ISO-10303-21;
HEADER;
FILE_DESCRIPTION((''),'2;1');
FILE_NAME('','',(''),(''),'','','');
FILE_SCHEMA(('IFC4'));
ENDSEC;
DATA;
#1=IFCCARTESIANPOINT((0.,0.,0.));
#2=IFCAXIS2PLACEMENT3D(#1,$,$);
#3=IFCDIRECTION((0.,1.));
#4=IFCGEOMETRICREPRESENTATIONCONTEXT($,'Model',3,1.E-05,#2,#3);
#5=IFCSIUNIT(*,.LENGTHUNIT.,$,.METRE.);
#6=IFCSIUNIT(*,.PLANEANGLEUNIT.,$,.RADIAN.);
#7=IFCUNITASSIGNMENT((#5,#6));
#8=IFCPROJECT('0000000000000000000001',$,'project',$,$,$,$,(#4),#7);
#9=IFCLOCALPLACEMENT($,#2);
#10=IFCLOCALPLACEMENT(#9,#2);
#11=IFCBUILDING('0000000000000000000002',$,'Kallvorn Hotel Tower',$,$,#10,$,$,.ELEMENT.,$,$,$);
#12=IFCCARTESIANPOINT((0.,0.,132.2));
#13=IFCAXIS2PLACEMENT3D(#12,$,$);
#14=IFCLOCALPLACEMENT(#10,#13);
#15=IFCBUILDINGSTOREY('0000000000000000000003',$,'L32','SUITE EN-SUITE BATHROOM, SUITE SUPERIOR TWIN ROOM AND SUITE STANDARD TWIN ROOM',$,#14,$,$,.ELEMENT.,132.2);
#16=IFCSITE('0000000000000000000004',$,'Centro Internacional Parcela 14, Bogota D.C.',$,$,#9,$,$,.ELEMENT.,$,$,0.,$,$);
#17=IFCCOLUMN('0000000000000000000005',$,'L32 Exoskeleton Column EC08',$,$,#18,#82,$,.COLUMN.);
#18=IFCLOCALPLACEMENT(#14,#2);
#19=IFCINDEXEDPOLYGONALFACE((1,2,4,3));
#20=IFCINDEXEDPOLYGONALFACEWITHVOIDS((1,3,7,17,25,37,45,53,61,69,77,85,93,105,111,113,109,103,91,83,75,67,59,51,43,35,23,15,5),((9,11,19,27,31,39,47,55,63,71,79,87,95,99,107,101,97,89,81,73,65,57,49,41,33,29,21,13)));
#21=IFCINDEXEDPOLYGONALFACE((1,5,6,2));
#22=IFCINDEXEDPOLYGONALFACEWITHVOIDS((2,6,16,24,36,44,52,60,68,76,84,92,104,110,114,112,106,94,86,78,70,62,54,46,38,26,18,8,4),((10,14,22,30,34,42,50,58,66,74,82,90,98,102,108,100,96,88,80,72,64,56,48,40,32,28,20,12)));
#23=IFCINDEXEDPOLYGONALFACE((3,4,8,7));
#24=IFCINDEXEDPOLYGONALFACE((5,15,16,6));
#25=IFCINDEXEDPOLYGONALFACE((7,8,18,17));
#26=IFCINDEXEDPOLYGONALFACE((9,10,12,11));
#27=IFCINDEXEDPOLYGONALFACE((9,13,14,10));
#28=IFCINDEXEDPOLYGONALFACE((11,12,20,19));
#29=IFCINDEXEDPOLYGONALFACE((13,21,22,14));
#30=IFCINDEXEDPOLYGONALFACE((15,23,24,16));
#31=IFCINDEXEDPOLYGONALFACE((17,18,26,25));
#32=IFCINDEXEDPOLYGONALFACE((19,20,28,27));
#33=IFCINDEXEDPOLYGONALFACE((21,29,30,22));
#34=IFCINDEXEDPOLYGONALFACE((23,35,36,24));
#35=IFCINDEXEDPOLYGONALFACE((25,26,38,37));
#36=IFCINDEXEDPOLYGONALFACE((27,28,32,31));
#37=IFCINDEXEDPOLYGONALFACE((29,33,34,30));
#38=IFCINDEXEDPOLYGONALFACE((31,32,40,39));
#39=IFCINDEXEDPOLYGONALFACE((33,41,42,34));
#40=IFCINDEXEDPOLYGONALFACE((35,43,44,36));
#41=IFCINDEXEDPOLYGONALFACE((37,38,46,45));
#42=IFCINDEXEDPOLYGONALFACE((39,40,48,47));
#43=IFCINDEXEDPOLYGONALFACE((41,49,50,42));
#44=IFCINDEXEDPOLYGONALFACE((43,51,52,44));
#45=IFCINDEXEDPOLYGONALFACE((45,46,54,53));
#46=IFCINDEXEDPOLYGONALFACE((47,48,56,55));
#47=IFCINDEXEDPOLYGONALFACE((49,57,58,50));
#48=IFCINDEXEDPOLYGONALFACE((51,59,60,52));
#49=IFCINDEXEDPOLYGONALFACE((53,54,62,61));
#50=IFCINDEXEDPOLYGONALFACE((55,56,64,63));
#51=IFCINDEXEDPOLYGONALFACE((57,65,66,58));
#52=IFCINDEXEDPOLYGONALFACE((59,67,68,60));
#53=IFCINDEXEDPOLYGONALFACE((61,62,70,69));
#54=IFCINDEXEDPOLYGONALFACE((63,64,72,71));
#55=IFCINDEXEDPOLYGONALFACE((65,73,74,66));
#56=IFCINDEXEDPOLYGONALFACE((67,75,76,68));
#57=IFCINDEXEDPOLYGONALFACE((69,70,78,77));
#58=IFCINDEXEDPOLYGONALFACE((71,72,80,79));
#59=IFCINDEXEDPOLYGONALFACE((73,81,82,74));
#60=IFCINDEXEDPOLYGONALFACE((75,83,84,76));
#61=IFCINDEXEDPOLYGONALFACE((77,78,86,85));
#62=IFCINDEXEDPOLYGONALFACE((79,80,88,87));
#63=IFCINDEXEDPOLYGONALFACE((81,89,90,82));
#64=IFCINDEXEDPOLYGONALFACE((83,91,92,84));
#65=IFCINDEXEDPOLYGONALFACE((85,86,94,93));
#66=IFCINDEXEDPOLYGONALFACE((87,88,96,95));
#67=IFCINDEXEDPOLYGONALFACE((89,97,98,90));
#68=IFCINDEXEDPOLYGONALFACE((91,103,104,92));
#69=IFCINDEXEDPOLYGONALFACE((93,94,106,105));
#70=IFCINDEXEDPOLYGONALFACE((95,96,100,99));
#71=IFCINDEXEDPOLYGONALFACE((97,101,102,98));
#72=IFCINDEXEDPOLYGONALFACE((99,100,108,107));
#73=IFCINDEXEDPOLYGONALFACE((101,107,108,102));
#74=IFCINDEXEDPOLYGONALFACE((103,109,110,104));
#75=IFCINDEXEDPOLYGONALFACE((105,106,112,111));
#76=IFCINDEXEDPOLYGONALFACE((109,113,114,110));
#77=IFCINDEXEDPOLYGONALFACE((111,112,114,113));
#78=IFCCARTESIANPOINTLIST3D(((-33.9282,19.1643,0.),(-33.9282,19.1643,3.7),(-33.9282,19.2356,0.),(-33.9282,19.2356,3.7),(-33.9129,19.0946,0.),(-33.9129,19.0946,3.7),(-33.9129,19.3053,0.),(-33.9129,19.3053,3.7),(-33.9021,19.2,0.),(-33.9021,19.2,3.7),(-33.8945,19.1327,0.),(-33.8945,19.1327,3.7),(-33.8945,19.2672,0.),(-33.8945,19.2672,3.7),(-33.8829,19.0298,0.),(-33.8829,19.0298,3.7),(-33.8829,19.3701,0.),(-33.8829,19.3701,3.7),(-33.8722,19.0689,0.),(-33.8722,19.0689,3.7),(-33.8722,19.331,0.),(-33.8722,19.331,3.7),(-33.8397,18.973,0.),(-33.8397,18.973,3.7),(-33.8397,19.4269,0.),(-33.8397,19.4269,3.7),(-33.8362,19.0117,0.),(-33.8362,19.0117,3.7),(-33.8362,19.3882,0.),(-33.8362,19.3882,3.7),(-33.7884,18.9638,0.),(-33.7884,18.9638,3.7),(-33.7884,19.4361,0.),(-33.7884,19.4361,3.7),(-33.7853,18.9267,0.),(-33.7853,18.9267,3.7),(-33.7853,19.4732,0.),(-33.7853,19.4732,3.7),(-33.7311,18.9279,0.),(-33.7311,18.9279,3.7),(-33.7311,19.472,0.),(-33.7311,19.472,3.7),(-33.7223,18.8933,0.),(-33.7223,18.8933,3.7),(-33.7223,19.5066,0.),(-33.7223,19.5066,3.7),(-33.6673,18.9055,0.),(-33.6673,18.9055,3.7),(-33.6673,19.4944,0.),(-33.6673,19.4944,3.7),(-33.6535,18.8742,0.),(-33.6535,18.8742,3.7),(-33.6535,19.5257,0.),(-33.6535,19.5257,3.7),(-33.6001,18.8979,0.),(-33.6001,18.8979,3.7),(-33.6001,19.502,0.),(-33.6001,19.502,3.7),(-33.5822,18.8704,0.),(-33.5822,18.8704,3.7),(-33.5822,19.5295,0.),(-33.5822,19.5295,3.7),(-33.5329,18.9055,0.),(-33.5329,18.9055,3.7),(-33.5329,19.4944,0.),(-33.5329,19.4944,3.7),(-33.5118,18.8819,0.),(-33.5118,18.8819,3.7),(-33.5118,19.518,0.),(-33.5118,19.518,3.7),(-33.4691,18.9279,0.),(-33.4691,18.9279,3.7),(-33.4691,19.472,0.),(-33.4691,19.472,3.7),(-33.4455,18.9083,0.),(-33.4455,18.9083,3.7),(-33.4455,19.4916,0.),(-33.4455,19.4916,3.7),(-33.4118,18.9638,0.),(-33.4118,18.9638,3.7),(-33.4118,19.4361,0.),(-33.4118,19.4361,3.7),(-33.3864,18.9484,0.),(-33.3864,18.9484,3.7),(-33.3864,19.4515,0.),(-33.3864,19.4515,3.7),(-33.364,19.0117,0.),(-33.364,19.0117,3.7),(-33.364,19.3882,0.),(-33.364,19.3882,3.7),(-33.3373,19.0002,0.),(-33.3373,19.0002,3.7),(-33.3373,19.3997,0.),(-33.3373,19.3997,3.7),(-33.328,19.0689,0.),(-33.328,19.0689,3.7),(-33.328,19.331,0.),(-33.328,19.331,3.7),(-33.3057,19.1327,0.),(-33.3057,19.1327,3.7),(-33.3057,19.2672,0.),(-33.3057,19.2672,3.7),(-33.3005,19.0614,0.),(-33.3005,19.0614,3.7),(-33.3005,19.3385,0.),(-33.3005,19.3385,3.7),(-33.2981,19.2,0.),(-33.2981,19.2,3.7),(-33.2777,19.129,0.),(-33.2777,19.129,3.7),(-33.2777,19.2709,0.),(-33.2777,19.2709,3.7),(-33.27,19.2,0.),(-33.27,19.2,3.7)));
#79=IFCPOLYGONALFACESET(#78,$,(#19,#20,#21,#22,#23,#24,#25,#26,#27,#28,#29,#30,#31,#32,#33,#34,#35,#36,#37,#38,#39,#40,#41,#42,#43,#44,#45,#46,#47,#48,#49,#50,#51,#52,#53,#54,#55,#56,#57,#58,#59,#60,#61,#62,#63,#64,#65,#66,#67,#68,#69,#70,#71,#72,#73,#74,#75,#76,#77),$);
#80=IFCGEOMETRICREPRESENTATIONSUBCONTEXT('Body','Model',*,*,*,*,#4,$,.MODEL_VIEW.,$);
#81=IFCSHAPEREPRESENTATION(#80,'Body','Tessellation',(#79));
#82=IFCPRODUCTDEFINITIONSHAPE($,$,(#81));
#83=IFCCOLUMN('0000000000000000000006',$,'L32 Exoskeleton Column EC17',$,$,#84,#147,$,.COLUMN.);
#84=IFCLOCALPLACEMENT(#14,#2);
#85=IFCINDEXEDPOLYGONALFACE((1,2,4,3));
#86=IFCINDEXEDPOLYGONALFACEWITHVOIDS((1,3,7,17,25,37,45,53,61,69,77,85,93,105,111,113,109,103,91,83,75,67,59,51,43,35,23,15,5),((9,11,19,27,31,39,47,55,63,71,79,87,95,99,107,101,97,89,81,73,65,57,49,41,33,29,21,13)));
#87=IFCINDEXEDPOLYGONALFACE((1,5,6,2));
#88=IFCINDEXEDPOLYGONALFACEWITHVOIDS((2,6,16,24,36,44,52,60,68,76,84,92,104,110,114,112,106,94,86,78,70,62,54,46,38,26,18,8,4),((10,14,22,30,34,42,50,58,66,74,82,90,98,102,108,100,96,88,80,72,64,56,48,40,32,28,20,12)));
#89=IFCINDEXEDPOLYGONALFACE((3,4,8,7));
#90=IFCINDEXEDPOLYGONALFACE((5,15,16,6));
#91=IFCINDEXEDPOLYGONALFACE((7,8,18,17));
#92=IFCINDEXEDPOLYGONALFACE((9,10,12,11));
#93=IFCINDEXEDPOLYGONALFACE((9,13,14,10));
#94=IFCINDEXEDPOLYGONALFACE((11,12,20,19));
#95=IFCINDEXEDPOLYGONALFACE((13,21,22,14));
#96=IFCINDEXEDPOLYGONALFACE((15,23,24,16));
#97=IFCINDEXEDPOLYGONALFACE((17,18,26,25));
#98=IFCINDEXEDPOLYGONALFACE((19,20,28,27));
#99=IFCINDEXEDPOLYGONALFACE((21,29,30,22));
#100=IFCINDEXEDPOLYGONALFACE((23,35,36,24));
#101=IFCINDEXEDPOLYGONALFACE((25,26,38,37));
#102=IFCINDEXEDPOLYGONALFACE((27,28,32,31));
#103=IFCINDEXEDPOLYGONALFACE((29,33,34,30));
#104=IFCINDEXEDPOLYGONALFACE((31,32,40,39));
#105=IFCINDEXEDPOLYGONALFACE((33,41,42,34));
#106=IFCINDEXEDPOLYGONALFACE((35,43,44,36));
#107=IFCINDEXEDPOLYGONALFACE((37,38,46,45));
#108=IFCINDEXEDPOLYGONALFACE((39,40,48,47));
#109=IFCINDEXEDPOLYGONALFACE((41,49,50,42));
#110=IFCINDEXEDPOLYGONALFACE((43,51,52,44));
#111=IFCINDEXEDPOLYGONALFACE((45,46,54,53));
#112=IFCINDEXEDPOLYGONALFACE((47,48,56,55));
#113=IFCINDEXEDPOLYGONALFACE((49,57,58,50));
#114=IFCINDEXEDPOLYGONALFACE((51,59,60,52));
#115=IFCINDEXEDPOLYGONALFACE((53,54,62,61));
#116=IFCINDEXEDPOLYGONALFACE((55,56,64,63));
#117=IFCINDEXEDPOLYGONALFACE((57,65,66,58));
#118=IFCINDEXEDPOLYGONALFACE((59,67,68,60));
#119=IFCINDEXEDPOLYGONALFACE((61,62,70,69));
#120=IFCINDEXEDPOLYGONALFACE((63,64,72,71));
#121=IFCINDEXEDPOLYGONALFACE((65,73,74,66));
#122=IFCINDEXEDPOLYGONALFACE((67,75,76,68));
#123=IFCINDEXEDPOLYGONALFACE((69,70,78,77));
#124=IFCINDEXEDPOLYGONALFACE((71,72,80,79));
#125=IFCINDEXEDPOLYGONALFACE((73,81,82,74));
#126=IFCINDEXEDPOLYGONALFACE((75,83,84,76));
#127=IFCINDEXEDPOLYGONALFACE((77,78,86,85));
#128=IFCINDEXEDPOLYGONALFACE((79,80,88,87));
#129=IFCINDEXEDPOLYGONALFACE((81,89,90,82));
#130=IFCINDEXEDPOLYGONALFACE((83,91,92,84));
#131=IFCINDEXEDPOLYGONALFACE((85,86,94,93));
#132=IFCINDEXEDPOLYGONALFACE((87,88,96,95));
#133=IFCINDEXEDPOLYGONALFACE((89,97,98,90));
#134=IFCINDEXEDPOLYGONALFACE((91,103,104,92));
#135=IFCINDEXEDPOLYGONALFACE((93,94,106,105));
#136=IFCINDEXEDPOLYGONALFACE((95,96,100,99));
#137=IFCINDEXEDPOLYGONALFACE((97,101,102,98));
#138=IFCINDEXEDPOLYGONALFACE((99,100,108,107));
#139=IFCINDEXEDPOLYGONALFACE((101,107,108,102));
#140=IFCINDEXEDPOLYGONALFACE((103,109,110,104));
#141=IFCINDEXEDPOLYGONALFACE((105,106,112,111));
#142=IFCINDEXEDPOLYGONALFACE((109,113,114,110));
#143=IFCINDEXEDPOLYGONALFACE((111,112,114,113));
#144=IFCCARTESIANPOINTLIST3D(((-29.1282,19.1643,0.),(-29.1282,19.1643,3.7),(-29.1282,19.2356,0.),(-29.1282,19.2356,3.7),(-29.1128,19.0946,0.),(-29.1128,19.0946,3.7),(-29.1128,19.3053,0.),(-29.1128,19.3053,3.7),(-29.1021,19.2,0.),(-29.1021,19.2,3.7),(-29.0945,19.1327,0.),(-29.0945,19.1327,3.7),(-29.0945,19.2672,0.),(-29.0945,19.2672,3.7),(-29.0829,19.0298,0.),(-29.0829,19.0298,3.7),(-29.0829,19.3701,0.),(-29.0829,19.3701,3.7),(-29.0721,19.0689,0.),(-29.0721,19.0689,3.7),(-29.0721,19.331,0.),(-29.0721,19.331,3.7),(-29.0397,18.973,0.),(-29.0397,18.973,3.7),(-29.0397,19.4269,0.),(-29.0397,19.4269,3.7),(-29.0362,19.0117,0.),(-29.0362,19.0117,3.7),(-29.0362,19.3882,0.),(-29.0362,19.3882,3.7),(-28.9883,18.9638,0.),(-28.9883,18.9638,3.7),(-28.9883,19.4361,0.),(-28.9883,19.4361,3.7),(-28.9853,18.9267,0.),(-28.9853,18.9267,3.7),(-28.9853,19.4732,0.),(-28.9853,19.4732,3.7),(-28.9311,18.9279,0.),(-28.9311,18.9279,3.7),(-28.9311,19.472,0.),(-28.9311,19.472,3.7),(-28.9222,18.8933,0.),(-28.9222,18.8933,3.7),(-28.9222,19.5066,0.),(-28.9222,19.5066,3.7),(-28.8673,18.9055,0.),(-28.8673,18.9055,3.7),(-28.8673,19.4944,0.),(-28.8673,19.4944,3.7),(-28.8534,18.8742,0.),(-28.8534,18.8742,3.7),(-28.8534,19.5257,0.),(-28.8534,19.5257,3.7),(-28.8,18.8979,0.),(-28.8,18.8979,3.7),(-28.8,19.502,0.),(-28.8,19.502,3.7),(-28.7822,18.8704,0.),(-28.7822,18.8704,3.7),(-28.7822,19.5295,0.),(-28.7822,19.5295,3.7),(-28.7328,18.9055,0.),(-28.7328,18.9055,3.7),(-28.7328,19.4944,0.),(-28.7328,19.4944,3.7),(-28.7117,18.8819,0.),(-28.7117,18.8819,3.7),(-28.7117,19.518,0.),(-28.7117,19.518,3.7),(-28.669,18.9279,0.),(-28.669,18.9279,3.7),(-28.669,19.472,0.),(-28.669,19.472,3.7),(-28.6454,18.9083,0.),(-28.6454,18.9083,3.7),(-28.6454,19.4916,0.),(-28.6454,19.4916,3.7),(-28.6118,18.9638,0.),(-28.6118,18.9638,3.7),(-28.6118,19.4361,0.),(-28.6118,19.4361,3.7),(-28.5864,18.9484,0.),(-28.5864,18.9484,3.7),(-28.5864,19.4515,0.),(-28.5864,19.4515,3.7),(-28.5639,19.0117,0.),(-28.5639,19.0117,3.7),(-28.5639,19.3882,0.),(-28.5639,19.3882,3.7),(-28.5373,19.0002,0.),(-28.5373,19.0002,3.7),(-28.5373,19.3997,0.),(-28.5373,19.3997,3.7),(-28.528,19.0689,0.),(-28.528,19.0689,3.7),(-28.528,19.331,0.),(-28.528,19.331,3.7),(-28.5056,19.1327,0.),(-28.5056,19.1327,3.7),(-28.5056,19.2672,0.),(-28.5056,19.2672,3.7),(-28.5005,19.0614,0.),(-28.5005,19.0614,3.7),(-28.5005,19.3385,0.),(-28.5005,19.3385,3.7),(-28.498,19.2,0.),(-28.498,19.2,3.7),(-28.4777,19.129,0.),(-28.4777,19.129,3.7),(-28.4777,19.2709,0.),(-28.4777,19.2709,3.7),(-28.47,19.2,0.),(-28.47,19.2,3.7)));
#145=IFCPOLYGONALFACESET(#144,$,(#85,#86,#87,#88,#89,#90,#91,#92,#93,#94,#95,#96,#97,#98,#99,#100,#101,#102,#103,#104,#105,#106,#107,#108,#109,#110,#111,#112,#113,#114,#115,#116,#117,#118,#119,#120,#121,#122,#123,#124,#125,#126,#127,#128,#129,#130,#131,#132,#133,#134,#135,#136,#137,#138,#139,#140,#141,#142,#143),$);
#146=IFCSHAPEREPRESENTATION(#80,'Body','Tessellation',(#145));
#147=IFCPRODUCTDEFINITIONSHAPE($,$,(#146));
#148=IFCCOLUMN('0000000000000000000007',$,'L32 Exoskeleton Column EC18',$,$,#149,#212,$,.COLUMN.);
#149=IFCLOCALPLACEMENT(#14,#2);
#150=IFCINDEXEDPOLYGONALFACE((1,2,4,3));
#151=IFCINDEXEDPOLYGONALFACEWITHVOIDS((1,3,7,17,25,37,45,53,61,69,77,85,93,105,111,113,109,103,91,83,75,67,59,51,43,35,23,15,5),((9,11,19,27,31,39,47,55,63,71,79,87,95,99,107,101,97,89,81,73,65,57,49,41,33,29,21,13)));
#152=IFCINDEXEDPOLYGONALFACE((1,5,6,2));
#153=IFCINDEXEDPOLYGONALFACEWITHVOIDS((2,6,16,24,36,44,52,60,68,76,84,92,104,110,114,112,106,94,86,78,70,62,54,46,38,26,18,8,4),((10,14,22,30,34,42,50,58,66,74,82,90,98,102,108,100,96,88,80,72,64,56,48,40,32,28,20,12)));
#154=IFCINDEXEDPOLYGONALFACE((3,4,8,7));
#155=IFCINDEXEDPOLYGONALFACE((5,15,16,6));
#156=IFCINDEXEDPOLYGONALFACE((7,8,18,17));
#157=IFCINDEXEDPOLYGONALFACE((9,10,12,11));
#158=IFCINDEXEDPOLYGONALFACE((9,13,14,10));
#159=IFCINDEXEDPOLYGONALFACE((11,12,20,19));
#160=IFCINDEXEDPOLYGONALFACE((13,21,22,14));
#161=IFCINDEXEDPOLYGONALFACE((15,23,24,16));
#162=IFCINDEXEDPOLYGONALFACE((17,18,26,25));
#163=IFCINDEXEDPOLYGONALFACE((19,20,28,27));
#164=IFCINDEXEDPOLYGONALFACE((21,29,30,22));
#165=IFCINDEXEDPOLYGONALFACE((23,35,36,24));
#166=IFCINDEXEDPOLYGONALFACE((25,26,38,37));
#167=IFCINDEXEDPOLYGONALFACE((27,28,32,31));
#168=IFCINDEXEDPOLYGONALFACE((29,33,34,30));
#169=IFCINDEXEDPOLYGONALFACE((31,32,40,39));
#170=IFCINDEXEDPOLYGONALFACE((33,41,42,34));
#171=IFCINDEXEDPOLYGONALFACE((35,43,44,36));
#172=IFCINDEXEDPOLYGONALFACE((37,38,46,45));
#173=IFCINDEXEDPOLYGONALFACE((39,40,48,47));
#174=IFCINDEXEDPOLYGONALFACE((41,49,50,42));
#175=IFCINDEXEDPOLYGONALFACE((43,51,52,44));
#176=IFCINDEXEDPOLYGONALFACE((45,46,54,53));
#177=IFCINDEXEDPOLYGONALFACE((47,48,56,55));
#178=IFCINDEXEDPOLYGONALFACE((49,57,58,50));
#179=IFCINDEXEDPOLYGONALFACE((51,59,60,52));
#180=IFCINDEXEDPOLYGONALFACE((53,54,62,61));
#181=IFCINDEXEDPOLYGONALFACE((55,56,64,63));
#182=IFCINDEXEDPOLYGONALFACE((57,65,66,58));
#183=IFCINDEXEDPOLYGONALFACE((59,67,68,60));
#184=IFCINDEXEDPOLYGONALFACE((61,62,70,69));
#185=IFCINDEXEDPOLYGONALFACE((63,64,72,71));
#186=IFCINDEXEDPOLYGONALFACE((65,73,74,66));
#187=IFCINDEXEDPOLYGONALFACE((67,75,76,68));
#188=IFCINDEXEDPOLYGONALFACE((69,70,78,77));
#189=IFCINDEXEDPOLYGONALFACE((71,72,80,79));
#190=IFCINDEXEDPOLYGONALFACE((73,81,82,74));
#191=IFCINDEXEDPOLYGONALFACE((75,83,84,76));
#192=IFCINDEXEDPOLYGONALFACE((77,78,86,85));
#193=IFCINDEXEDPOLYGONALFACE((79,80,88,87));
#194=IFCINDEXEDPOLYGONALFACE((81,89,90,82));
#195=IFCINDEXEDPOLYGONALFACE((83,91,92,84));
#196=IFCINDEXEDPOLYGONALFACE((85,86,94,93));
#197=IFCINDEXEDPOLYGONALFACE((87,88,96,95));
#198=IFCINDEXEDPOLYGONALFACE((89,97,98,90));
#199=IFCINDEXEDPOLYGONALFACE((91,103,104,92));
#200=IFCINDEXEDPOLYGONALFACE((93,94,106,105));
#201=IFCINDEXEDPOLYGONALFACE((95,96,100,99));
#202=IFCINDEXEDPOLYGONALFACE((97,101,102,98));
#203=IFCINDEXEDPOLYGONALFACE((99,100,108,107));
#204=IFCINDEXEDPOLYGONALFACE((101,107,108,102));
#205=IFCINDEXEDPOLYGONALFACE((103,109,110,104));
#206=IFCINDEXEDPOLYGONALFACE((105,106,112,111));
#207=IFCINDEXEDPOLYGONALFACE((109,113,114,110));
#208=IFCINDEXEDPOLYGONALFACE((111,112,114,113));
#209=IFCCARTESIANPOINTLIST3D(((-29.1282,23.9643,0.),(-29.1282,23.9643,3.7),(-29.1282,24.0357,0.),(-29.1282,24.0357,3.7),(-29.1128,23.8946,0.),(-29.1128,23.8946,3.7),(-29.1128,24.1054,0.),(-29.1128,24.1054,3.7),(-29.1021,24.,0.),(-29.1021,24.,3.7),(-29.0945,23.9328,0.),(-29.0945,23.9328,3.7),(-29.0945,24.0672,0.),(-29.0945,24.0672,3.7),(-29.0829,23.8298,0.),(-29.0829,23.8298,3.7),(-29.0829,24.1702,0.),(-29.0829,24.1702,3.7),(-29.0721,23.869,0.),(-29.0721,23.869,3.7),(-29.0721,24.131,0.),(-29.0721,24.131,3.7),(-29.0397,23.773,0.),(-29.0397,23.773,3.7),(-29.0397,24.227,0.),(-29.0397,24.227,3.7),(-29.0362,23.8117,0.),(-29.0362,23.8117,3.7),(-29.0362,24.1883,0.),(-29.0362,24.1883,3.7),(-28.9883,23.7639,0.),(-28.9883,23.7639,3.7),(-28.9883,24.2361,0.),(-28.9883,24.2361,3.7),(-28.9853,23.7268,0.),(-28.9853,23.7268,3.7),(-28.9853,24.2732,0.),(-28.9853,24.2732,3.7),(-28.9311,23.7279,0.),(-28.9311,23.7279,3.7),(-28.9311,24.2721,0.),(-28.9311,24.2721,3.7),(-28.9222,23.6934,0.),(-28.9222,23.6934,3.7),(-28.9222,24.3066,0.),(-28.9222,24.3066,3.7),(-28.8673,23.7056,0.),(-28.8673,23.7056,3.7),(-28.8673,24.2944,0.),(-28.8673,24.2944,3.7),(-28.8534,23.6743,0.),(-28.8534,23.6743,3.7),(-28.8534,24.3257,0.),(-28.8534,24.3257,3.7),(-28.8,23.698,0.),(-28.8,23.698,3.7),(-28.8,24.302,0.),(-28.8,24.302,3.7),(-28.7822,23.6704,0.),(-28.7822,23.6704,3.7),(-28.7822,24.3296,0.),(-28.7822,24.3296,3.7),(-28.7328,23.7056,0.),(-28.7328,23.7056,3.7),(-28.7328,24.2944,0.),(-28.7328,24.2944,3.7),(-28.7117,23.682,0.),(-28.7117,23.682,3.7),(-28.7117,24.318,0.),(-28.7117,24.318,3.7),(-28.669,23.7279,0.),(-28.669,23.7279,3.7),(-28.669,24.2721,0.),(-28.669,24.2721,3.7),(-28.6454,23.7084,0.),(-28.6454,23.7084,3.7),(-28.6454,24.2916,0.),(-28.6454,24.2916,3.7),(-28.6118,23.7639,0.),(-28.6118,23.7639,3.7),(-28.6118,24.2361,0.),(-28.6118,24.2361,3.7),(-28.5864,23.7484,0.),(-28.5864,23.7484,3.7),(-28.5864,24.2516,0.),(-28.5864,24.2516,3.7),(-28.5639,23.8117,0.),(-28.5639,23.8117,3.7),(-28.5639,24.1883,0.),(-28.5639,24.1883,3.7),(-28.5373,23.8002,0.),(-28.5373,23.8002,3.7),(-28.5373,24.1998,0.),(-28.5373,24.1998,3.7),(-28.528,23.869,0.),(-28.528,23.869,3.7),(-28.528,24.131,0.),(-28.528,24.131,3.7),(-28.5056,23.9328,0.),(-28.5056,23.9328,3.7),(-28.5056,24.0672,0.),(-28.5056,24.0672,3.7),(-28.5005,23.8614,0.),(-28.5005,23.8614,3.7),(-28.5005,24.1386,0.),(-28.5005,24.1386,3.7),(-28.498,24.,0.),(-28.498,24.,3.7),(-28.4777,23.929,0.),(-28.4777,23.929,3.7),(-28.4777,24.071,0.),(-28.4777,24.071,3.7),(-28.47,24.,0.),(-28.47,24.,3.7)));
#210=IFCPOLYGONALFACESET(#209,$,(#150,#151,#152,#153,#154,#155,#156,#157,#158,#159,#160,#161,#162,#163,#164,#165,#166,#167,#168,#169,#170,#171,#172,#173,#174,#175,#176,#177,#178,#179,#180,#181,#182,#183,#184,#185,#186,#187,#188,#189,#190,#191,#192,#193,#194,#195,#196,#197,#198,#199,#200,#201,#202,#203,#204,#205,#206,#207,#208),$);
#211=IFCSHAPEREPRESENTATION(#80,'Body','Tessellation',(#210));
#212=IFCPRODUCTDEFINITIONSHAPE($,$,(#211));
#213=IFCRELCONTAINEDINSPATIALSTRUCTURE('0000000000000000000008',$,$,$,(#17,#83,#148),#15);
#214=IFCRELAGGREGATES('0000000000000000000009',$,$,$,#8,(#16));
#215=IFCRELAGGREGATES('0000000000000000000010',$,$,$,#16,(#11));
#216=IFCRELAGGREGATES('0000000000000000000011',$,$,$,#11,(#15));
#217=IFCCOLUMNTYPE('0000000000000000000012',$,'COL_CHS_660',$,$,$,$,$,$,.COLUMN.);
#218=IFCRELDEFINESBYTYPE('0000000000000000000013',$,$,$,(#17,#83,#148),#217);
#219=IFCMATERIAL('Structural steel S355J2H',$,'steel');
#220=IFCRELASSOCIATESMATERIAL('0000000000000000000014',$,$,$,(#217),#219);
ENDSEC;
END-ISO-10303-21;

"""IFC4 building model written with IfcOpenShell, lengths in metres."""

from ifc_helpers import new_model, si_unit, direction, frame, origin, origin_2d, place, context, subcontext, project, spatial, hollow_circle, extrude, material, material_profile, profile_set, type_object, element, save


model = new_model("IFC4")

# Units and contexts
model_context = context("Model", 3, precision=1e-05, world=origin(), true_north=direction((0.0, 1.0)))
body_context = subcontext(model_context, "Body", "Model", "MODEL_VIEW")
ifc_project = project(units=[si_unit("LENGTHUNIT", "METRE"), si_unit("PLANEANGLEUNIT", "RADIAN")], contexts=[model_context])

# Site, building, storey
site_placement = place(None, origin())
site = spatial("IfcSite", under=ifc_project, at=site_placement, Name="Centro Internacional Parcela 14, Bogota D.C.", CompositionType="ELEMENT", RefElevation=0.0)
building_placement = place(site_placement, origin())
building = spatial("IfcBuilding", under=site, at=building_placement, Name="Kallvorn Hotel Tower", CompositionType="ELEMENT")
storey_placement = place(building_placement, frame((0.0, 0.0, 132.2)))
storey = spatial("IfcBuildingStorey", under=building, at=storey_placement, Name="L32", Description="SUITE EN-SUITE BATHROOM, SUITE SUPERIOR TWIN ROOM AND SUITE STANDARD TWIN ROOM", CompositionType="ELEMENT", Elevation=132.2)

# Columns
ifc_material_1 = material(Name="Structural steel S355J2H", Category="steel")
ifc_material_profile_1 = material_profile(ifc_material_1, hollow_circle(Radius=0.3301, WallThickness=0.0281, at=origin_2d()), Name="CHS 660x28")
ifc_profile_set_1 = profile_set([ifc_material_profile_1], Name="Structural steel S355J2H")
column_type_1 = type_object("IfcColumnType", Name="COL_CHS_660", PredefinedType="COLUMN", material=ifc_profile_set_1)
for number, where, z_axis, x_axis, name in (
    (1, (-33.6001, 19.2, 0.0), (0.0, 0.0, 1.0), (1.0, 0.0, 0.0), "L32 Exoskeleton Column EC08"),
    (2, (-28.8, 19.2, 0.0), (0.0, 0.0, 1.0), (1.0, 0.0, 0.0), "L32 Exoskeleton Column EC17"),
    (3, (-28.8, 24.0, 0.0), (0.0, 0.0, 1.0), (1.0, 0.0, 0.0), "L32 Exoskeleton Column EC18"),
):
    element("IfcColumn", number, at=place(storey_placement, frame(where, z_axis=z_axis, x_axis=x_axis)), inside=storey, type_object=column_type_1, Name=name, PredefinedType="COLUMN", context=body_context, shape_type="SweptSolid", body=[
        extrude(hollow_circle(Radius=0.3301, WallThickness=0.0281, at=origin_2d()), origin(), (0.0, 0.0, 1.0), 3.7),
    ])

save(model, "model.ifc")
